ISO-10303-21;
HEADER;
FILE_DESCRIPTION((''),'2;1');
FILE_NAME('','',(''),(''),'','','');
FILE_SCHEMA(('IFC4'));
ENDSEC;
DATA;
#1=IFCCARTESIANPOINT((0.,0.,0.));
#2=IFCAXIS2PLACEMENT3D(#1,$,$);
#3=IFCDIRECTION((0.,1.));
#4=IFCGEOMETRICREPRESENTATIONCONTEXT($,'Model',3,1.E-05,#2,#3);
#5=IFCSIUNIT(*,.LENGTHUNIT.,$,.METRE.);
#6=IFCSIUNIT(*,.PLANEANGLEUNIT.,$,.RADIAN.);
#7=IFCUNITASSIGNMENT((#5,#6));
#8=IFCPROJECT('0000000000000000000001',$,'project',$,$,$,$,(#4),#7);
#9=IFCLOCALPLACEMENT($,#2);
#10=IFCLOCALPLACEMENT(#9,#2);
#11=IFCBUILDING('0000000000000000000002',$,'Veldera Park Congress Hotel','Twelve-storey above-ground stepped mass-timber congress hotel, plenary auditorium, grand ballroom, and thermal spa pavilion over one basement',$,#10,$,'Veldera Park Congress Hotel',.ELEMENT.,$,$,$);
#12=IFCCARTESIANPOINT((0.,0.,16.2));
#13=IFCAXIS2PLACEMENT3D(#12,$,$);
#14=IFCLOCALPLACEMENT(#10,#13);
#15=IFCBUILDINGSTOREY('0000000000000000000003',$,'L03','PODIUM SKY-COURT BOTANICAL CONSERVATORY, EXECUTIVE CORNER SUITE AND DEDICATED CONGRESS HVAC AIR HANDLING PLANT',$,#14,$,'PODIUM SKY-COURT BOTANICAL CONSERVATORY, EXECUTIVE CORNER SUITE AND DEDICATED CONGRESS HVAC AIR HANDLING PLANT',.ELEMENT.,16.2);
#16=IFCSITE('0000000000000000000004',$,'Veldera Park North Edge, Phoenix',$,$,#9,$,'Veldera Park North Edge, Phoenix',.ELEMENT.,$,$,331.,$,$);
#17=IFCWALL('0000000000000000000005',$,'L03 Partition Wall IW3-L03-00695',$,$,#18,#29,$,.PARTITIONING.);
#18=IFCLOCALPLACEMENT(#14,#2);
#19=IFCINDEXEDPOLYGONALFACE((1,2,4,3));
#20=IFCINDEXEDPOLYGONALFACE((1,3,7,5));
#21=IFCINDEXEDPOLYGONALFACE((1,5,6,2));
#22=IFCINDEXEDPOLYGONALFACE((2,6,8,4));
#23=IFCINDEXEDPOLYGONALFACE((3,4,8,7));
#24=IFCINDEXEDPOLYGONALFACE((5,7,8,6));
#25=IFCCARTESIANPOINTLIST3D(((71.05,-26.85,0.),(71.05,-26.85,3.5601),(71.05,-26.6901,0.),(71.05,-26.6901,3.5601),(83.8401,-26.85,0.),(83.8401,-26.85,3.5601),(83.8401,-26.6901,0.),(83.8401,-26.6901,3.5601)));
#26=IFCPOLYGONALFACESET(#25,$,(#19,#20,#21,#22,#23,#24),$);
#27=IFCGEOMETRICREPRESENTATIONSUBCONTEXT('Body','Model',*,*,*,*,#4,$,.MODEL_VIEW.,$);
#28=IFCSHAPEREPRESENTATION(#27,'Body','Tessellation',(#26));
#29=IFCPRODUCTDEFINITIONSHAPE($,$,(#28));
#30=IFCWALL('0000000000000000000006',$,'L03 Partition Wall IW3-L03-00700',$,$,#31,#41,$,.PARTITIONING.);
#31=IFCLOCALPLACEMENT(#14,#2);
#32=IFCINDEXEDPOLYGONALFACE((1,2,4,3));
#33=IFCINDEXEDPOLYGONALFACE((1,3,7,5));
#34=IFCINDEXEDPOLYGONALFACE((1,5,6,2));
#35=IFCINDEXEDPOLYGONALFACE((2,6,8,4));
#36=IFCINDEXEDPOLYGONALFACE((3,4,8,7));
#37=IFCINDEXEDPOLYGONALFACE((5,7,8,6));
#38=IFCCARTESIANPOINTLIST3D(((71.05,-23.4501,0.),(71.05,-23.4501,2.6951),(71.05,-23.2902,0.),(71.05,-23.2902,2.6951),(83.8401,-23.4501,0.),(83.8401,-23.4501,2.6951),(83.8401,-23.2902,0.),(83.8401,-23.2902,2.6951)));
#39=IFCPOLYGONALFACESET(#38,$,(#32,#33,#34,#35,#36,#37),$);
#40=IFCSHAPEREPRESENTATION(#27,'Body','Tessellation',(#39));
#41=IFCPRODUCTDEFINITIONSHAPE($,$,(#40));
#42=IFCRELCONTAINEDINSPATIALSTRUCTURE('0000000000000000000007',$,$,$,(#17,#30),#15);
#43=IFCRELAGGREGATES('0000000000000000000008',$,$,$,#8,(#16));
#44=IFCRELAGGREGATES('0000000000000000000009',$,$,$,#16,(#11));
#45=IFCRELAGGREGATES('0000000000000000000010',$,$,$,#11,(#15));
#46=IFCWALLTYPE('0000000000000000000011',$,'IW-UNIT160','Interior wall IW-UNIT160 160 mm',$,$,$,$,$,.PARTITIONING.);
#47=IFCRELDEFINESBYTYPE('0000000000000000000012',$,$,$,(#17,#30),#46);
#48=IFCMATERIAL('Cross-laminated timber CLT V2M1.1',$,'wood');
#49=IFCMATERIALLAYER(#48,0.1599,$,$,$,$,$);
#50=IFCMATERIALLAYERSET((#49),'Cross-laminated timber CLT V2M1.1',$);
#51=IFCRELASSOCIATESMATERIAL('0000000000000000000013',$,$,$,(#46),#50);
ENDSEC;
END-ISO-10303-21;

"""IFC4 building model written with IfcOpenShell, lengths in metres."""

from ifc_helpers import new_model, si_unit, direction, frame, frame_2d, origin, place, context, subcontext, project, spatial, rectangle, extrude, material, layer, layer_set, type_object, element, save


model = new_model("IFC4")

# Units and contexts
model_context = context("Model", 3, precision=1e-05, world=origin(), true_north=direction((0.0, 1.0)))
body_context = subcontext(model_context, "Body", "Model", "MODEL_VIEW")
ifc_project = project(units=[si_unit("LENGTHUNIT", "METRE"), si_unit("PLANEANGLEUNIT", "RADIAN")], contexts=[model_context])

# Site, building, storey
site_placement = place(None, origin())
site = spatial("IfcSite", under=ifc_project, at=site_placement, Name="Veldera Park North Edge, Phoenix", LongName="Veldera Park North Edge, Phoenix", CompositionType="ELEMENT", RefElevation=331.0)
building_placement = place(site_placement, origin())
building = spatial("IfcBuilding", under=site, at=building_placement, Name="Veldera Park Congress Hotel", Description="Twelve-storey above-ground stepped mass-timber congress hotel, plenary auditorium, grand ballroom, and thermal spa pavilion over one basement", LongName="Veldera Park Congress Hotel", CompositionType="ELEMENT")
storey_placement = place(building_placement, frame((0.0, 0.0, 16.2)))
storey = spatial("IfcBuildingStorey", under=building, at=storey_placement, Name="L03", Description="PODIUM SKY-COURT BOTANICAL CONSERVATORY, EXECUTIVE CORNER SUITE AND DEDICATED CONGRESS HVAC AIR HANDLING PLANT", LongName="PODIUM SKY-COURT BOTANICAL CONSERVATORY, EXECUTIVE CORNER SUITE AND DEDICATED CONGRESS HVAC AIR HANDLING PLANT", CompositionType="ELEMENT", Elevation=16.2)

# Walls
ifc_material_1 = material(Name="Cross-laminated timber CLT V2M1.1", Category="wood")
ifc_layer_1 = layer(ifc_material_1, 0.1599)
ifc_layer_set_1 = layer_set([ifc_layer_1], Name="Cross-laminated timber CLT V2M1.1")
wall_type_1 = type_object("IfcWallType", Name="IW-UNIT160", Description="Interior wall IW-UNIT160 160 mm", PredefinedType="PARTITIONING", material=ifc_layer_set_1)
for number, where, z_axis, x_axis, name in (
    (1, (71.05, -26.77, 0.0), (0.0, 0.0, 1.0), (1.0, 0.0, 0.0), "L03 Partition Wall IW3-L03-00695"),
):
    element("IfcWall", number, at=place(storey_placement, frame(where, z_axis=z_axis, x_axis=x_axis)), inside=storey, type_object=wall_type_1, Name=name, PredefinedType="PARTITIONING", context=body_context, shape_type="SweptSolid", body=[
        extrude(rectangle(XDim=12.79, YDim=0.1599, at=frame_2d((6.395, 0.0))), origin(), (0.0, 0.0, 1.0), 3.5601),
    ])
wall_1_placement = place(storey_placement, frame((71.05, -23.3701, 0.0), z_axis=(0.0, 0.0, 1.0), x_axis=(1.0, 0.0, 0.0)))
element("IfcWall", 2, at=wall_1_placement, inside=storey, type_object=wall_type_1, Name="L03 Partition Wall IW3-L03-00700", PredefinedType="PARTITIONING", context=body_context, shape_type="SweptSolid", body=[
    extrude(rectangle(XDim=12.79, YDim=0.1599, at=frame_2d((6.395, 0.0))), origin(), (0.0, 0.0, 1.0), 2.6951),
])

save(model, "model.ifc")
